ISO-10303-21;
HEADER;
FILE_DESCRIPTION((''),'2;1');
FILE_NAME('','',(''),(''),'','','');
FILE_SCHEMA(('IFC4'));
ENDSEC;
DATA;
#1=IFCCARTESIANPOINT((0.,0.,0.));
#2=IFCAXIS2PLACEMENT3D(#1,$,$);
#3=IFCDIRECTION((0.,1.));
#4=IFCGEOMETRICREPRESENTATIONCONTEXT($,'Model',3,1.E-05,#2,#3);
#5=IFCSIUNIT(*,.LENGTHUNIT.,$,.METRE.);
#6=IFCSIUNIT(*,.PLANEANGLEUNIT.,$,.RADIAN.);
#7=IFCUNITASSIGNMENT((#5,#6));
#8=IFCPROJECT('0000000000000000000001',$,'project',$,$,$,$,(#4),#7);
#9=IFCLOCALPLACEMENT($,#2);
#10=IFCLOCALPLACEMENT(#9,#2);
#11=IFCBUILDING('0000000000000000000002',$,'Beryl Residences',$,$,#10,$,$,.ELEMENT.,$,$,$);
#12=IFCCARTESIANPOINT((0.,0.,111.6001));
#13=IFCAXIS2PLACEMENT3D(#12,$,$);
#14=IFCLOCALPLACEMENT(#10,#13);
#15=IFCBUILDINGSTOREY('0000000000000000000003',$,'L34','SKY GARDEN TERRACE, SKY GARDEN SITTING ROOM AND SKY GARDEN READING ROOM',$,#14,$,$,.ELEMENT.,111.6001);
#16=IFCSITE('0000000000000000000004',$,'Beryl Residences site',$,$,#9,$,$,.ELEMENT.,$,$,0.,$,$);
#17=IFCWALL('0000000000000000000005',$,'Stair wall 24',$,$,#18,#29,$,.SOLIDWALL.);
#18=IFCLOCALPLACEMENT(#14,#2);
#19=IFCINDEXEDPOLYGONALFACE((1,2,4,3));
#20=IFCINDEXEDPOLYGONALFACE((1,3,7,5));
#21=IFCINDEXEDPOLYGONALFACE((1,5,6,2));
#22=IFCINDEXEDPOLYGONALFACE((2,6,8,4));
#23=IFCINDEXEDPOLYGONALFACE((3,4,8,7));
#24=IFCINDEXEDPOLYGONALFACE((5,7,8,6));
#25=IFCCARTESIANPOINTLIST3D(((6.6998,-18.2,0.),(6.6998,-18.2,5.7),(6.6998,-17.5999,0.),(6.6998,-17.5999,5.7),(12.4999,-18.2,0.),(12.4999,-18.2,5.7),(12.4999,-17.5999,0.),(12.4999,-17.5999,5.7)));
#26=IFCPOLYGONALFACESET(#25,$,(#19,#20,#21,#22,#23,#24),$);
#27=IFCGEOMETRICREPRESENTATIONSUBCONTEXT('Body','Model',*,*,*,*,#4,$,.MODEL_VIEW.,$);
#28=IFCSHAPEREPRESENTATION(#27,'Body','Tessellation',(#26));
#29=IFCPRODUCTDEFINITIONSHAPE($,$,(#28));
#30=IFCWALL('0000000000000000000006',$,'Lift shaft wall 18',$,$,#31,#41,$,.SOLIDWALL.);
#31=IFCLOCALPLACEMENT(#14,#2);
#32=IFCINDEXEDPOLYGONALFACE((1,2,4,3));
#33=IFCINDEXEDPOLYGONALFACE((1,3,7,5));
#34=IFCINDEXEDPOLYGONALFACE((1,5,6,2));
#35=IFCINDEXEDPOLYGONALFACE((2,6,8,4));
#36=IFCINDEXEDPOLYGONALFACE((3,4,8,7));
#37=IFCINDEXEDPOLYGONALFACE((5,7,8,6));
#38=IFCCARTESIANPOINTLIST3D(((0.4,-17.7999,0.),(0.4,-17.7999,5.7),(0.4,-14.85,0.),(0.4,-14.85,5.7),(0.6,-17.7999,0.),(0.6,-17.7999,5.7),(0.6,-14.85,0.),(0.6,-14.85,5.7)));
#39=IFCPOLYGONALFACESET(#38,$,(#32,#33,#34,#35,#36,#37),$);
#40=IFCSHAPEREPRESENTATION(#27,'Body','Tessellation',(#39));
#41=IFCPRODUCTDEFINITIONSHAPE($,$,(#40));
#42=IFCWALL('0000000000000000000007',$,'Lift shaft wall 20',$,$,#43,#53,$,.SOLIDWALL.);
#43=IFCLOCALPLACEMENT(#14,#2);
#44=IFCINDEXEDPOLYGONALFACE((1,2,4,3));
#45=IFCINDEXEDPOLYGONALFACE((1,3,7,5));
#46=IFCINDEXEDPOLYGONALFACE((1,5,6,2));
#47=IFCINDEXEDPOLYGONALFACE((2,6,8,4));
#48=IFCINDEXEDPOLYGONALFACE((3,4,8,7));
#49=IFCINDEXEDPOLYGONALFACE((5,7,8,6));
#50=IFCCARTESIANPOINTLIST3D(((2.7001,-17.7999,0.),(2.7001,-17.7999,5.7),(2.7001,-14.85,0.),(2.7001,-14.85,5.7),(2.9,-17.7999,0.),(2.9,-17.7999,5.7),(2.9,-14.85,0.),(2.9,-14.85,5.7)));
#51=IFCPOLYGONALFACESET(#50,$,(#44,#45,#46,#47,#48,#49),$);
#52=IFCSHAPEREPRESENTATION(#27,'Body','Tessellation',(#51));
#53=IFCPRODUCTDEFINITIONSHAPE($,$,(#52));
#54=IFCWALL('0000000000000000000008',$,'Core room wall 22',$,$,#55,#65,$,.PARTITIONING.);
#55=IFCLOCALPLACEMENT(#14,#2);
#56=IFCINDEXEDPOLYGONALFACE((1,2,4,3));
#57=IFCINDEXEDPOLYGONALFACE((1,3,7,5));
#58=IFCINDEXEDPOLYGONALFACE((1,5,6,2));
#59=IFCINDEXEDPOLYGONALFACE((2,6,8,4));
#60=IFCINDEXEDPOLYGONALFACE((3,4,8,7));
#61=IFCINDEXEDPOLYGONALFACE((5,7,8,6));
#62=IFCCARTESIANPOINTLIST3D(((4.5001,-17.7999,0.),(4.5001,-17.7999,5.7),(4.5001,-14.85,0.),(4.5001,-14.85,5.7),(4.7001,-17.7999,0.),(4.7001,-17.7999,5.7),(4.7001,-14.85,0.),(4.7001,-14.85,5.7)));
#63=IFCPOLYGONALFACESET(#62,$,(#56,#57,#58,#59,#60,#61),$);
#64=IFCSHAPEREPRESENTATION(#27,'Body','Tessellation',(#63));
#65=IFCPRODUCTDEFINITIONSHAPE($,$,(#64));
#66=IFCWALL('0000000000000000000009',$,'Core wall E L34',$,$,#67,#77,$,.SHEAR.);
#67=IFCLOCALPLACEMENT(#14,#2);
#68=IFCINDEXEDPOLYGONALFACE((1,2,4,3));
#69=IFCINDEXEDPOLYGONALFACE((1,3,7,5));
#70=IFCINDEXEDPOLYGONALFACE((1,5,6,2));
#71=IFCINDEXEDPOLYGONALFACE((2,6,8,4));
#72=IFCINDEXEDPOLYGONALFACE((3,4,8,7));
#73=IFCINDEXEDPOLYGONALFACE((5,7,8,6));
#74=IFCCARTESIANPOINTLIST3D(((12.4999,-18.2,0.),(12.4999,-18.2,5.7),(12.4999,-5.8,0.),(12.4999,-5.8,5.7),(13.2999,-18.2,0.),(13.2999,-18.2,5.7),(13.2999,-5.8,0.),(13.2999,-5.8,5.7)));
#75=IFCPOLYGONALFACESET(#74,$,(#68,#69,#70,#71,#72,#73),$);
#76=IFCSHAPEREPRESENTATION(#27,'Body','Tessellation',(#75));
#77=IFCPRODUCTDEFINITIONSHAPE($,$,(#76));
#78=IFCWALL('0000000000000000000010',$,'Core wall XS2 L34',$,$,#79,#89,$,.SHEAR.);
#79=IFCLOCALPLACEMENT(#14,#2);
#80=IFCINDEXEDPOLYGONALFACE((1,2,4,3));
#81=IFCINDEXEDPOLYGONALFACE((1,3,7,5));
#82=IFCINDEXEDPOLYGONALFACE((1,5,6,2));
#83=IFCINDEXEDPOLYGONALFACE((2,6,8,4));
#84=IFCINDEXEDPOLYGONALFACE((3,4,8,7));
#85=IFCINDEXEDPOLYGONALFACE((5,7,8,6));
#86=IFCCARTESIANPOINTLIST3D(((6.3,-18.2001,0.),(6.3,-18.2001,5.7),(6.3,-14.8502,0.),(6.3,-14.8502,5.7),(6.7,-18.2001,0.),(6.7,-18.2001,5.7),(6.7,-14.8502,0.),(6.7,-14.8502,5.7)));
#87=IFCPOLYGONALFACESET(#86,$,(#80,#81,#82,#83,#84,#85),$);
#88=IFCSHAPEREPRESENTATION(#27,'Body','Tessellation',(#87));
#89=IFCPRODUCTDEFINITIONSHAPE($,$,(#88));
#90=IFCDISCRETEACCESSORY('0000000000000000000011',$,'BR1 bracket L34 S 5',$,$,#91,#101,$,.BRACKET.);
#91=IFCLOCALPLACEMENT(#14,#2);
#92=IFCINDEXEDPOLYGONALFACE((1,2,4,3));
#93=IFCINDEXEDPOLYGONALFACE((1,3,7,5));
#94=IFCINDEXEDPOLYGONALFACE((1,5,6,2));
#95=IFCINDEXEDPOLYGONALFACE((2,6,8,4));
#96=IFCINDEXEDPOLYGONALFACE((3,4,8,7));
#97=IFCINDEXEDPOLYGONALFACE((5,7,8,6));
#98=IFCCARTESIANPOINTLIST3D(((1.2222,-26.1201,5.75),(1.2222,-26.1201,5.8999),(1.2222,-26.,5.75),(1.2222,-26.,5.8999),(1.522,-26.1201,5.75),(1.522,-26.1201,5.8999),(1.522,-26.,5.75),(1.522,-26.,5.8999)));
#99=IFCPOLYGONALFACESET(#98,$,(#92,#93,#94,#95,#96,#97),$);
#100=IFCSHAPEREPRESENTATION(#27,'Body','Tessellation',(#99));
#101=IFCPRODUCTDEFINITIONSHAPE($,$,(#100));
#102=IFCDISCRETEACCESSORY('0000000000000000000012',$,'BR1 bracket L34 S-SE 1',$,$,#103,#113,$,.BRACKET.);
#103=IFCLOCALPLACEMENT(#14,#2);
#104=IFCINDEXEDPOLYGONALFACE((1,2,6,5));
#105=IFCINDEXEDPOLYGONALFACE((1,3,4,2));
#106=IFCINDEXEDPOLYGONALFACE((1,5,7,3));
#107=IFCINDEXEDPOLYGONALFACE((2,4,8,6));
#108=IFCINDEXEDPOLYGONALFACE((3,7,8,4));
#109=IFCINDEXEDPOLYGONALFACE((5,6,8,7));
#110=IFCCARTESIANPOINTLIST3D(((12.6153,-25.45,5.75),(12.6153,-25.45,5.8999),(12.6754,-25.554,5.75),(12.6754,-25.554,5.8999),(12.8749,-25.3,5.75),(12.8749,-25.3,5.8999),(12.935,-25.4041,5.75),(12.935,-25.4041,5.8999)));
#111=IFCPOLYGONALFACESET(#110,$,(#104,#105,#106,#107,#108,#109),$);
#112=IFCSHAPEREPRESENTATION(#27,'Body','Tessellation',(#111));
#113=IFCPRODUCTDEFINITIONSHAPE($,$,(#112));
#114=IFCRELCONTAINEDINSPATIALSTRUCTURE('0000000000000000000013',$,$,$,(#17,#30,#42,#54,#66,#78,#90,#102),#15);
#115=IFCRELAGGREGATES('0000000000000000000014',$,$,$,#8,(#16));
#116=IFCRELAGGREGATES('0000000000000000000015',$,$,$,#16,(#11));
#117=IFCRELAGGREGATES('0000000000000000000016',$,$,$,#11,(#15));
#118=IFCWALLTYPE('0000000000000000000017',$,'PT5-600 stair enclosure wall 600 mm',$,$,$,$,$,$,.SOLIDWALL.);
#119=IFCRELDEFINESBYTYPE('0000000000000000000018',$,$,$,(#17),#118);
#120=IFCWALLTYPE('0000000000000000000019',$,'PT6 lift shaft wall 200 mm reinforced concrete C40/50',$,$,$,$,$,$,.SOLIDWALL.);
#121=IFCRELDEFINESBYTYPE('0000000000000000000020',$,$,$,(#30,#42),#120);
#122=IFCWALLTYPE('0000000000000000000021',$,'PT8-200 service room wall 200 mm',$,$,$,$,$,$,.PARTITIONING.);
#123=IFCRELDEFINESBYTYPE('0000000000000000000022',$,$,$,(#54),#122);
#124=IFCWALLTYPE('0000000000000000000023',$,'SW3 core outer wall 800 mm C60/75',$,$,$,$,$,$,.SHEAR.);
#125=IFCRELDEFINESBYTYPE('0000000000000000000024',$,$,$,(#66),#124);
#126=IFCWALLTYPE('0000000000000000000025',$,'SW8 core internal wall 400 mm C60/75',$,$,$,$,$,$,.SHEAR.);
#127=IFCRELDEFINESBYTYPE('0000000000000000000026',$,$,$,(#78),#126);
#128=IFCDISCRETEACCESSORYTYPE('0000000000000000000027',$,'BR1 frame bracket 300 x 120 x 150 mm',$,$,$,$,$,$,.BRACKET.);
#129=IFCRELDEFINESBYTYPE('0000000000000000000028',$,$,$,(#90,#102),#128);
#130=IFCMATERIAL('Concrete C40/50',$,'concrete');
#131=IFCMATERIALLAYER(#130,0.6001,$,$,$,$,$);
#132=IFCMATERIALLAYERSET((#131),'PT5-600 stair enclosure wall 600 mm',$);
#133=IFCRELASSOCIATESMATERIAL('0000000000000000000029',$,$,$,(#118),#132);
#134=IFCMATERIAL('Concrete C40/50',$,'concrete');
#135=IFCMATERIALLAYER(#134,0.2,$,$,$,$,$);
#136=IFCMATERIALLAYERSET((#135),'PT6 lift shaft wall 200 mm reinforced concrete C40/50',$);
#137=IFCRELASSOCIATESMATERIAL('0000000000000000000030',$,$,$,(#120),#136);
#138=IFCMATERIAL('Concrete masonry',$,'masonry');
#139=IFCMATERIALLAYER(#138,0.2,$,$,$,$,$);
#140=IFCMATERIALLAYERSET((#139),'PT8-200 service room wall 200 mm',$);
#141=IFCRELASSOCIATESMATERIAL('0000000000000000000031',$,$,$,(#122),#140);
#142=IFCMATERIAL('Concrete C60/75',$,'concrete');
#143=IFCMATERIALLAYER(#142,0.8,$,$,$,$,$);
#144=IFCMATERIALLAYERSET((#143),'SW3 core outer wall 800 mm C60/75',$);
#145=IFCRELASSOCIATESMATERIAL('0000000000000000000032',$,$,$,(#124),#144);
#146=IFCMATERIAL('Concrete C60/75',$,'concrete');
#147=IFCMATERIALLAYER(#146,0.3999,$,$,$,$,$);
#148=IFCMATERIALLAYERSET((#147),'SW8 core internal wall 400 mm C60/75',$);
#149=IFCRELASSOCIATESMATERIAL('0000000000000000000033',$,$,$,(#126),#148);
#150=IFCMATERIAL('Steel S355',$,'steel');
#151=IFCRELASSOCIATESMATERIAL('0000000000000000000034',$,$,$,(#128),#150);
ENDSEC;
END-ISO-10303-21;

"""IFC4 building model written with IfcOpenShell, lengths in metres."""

from ifc_helpers import new_model, si_unit, direction, frame, frame_2d, origin, place, context, subcontext, project, spatial, polyline, rectangle, outline, extrude, source, transform, mapped, material, layer, layer_set, type_object, type_shapes, element, save


model = new_model("IFC4")

# Units and contexts
model_context = context("Model", 3, precision=1e-05, world=origin(), true_north=direction((0.0, 1.0)))
body_context = subcontext(model_context, "Body", "Model", "MODEL_VIEW")
ifc_project = project(units=[si_unit("LENGTHUNIT", "METRE"), si_unit("PLANEANGLEUNIT", "RADIAN")], contexts=[model_context])

# Site, building, storey
site_placement = place(None, origin())
site = spatial("IfcSite", under=ifc_project, at=site_placement, Name="Beryl Residences site", CompositionType="ELEMENT", RefElevation=0.0)
building_placement = place(site_placement, origin())
building = spatial("IfcBuilding", under=site, at=building_placement, Name="Beryl Residences", CompositionType="ELEMENT")
storey_placement = place(building_placement, frame((0.0, 0.0, 111.6001)))
storey = spatial("IfcBuildingStorey", under=building, at=storey_placement, Name="L34", Description="SKY GARDEN TERRACE, SKY GARDEN SITTING ROOM AND SKY GARDEN READING ROOM", CompositionType="ELEMENT", Elevation=111.6001)

# Walls
ifc_material_1 = material(Name="Concrete C40/50", Category="concrete")
ifc_layer_1 = layer(ifc_material_1, 0.6001)
ifc_layer_set_1 = layer_set([ifc_layer_1], Name="PT5-600 stair enclosure wall 600 mm")
wall_type_1 = type_object("IfcWallType", Name="PT5-600 stair enclosure wall 600 mm", PredefinedType="SOLIDWALL", material=ifc_layer_set_1)
wall_1_placement = place(storey_placement, frame((6.7, -17.8999, 0.0), z_axis=(0.0, 0.0, 1.0), x_axis=(1.0, 0.0, 0.0)))
element("IfcWall", 1, at=wall_1_placement, inside=storey, type_object=wall_type_1, Name="Stair wall 24", PredefinedType="SOLIDWALL", context=body_context, shape_type="SweptSolid", body=[
    extrude(rectangle(XDim=5.8, YDim=0.6001, at=frame_2d((2.8999, 0.0))), origin(), (0.0, 0.0, 1.0), 5.7),
])
ifc_material_2 = material(Name="Concrete C40/50", Category="concrete")
ifc_layer_2 = layer(ifc_material_2, 0.2)
ifc_layer_set_2 = layer_set([ifc_layer_2], Name="PT6 lift shaft wall 200 mm reinforced concrete C40/50")
wall_type_2 = type_object("IfcWallType", Name="PT6 lift shaft wall 200 mm reinforced concrete C40/50", PredefinedType="SOLIDWALL", material=ifc_layer_set_2)
for number, where, z_axis, x_axis, name in (
    (2, (0.5, -17.8, 0.0), (0.0, 0.0, 1.0), (0.0, 1.0, 0.0), "Lift shaft wall 18"),
    (3, (2.8, -17.8, 0.0), (0.0, 0.0, 1.0), (0.0, 1.0, 0.0), "Lift shaft wall 20"),
):
    element("IfcWall", number, at=place(storey_placement, frame(where, z_axis=z_axis, x_axis=x_axis)), inside=storey, type_object=wall_type_2, Name=name, PredefinedType="SOLIDWALL", context=body_context, shape_type="SweptSolid", body=[
        extrude(rectangle(XDim=2.95, YDim=0.2, at=frame_2d((1.4751, 0.0))), origin(), (0.0, 0.0, 1.0), 5.7),
    ])
ifc_material_3 = material(Name="Concrete masonry", Category="masonry")
ifc_layer_3 = layer(ifc_material_3, 0.2)
ifc_layer_set_3 = layer_set([ifc_layer_3], Name="PT8-200 service room wall 200 mm")
wall_type_3 = type_object("IfcWallType", Name="PT8-200 service room wall 200 mm", PredefinedType="PARTITIONING", material=ifc_layer_set_3)
wall_2_placement = place(storey_placement, frame((4.6001, -17.8, 0.0), z_axis=(0.0, 0.0, 1.0), x_axis=(0.0, 1.0, 0.0)))
element("IfcWall", 4, at=wall_2_placement, inside=storey, type_object=wall_type_3, Name="Core room wall 22", PredefinedType="PARTITIONING", context=body_context, shape_type="SweptSolid", body=[
    extrude(rectangle(XDim=2.95, YDim=0.2, at=frame_2d((1.4751, 0.0))), origin(), (0.0, 0.0, 1.0), 5.7),
])
ifc_material_4 = material(Name="Concrete C60/75", Category="concrete")
ifc_layer_4 = layer(ifc_material_4, 0.8)
ifc_layer_set_4 = layer_set([ifc_layer_4], Name="SW3 core outer wall 800 mm C60/75")
wall_type_4 = type_object("IfcWallType", Name="SW3 core outer wall 800 mm C60/75", PredefinedType="SHEAR", material=ifc_layer_set_4)
wall_3_placement = place(storey_placement, frame((12.8999, -18.2, 0.0), z_axis=(0.0, 0.0, 1.0), x_axis=(0.0, 1.0, 0.0)))
element("IfcWall", 5, at=wall_3_placement, inside=storey, type_object=wall_type_4, Name="Core wall E L34", PredefinedType="SHEAR", context=body_context, shape_type="SweptSolid", body=[
    extrude(rectangle(XDim=12.3999, YDim=0.8, at=frame_2d((6.2, 0.0))), origin(), (0.0, 0.0, 1.0), 5.7),
])
ifc_material_5 = material(Name="Concrete C60/75", Category="concrete")
ifc_layer_5 = layer(ifc_material_5, 0.3999)
ifc_layer_set_5 = layer_set([ifc_layer_5], Name="SW8 core internal wall 400 mm C60/75")
wall_type_5 = type_object("IfcWallType", Name="SW8 core internal wall 400 mm C60/75", PredefinedType="SHEAR", material=ifc_layer_set_5)
wall_4_placement = place(storey_placement, frame((6.5, -18.2, 0.0), z_axis=(0.0, 0.0, 1.0), x_axis=(0.0, 1.0, 0.0)))
element("IfcWall", 6, at=wall_4_placement, inside=storey, type_object=wall_type_5, Name="Core wall XS2 L34", PredefinedType="SHEAR", context=body_context, shape_type="SweptSolid", body=[
    extrude(rectangle(XDim=3.3499, YDim=0.3999, at=frame_2d((1.6748, 0.0))), origin(), (0.0, 0.0, 1.0), 5.7),
])

# Discrete accessories
ifc_material_6 = material(Name="Steel S355", Category="steel")
discrete_accessory_type = type_object("IfcDiscreteAccessoryType", Name="BR1 frame bracket 300 x 120 x 150 mm", PredefinedType="BRACKET", material=ifc_material_6)
shared_shape_1 = source(origin(), body_context, "Body", "SweptSolid", [
    extrude(outline(polyline([(-0.1499, 0.0), (0.1499, 0.0), (0.1499, 0.1201), (-0.1499, 0.1201), (-0.1499, 0.0)])), origin(), (0.0, 0.0, 1.0), 0.1499),
])
type_shapes(discrete_accessory_type, [shared_shape_1])
for number, where, z_axis, x_axis, name in (
    (7, (1.3721, -26.0, 5.75), (0.0, 0.0, 1.0), (-1.0, 0.0, 0.0), "BR1 bracket L34 S 5"),
    (8, (12.7451, -25.375, 5.75), (0.0, 0.0, 1.0), (-0.866025, -0.5, 0.0), "BR1 bracket L34 S-SE 1"),
):
    element("IfcDiscreteAccessory", number, at=place(storey_placement, frame(where, z_axis=z_axis, x_axis=x_axis)), inside=storey, type_object=discrete_accessory_type, Name=name, PredefinedType="BRACKET", context=body_context, shape_type="MappedRepresentation", body=[
        mapped(shared_shape_1, transform((0.0, 0.0, 0.0))),
    ])

save(model, "model.ifc")
